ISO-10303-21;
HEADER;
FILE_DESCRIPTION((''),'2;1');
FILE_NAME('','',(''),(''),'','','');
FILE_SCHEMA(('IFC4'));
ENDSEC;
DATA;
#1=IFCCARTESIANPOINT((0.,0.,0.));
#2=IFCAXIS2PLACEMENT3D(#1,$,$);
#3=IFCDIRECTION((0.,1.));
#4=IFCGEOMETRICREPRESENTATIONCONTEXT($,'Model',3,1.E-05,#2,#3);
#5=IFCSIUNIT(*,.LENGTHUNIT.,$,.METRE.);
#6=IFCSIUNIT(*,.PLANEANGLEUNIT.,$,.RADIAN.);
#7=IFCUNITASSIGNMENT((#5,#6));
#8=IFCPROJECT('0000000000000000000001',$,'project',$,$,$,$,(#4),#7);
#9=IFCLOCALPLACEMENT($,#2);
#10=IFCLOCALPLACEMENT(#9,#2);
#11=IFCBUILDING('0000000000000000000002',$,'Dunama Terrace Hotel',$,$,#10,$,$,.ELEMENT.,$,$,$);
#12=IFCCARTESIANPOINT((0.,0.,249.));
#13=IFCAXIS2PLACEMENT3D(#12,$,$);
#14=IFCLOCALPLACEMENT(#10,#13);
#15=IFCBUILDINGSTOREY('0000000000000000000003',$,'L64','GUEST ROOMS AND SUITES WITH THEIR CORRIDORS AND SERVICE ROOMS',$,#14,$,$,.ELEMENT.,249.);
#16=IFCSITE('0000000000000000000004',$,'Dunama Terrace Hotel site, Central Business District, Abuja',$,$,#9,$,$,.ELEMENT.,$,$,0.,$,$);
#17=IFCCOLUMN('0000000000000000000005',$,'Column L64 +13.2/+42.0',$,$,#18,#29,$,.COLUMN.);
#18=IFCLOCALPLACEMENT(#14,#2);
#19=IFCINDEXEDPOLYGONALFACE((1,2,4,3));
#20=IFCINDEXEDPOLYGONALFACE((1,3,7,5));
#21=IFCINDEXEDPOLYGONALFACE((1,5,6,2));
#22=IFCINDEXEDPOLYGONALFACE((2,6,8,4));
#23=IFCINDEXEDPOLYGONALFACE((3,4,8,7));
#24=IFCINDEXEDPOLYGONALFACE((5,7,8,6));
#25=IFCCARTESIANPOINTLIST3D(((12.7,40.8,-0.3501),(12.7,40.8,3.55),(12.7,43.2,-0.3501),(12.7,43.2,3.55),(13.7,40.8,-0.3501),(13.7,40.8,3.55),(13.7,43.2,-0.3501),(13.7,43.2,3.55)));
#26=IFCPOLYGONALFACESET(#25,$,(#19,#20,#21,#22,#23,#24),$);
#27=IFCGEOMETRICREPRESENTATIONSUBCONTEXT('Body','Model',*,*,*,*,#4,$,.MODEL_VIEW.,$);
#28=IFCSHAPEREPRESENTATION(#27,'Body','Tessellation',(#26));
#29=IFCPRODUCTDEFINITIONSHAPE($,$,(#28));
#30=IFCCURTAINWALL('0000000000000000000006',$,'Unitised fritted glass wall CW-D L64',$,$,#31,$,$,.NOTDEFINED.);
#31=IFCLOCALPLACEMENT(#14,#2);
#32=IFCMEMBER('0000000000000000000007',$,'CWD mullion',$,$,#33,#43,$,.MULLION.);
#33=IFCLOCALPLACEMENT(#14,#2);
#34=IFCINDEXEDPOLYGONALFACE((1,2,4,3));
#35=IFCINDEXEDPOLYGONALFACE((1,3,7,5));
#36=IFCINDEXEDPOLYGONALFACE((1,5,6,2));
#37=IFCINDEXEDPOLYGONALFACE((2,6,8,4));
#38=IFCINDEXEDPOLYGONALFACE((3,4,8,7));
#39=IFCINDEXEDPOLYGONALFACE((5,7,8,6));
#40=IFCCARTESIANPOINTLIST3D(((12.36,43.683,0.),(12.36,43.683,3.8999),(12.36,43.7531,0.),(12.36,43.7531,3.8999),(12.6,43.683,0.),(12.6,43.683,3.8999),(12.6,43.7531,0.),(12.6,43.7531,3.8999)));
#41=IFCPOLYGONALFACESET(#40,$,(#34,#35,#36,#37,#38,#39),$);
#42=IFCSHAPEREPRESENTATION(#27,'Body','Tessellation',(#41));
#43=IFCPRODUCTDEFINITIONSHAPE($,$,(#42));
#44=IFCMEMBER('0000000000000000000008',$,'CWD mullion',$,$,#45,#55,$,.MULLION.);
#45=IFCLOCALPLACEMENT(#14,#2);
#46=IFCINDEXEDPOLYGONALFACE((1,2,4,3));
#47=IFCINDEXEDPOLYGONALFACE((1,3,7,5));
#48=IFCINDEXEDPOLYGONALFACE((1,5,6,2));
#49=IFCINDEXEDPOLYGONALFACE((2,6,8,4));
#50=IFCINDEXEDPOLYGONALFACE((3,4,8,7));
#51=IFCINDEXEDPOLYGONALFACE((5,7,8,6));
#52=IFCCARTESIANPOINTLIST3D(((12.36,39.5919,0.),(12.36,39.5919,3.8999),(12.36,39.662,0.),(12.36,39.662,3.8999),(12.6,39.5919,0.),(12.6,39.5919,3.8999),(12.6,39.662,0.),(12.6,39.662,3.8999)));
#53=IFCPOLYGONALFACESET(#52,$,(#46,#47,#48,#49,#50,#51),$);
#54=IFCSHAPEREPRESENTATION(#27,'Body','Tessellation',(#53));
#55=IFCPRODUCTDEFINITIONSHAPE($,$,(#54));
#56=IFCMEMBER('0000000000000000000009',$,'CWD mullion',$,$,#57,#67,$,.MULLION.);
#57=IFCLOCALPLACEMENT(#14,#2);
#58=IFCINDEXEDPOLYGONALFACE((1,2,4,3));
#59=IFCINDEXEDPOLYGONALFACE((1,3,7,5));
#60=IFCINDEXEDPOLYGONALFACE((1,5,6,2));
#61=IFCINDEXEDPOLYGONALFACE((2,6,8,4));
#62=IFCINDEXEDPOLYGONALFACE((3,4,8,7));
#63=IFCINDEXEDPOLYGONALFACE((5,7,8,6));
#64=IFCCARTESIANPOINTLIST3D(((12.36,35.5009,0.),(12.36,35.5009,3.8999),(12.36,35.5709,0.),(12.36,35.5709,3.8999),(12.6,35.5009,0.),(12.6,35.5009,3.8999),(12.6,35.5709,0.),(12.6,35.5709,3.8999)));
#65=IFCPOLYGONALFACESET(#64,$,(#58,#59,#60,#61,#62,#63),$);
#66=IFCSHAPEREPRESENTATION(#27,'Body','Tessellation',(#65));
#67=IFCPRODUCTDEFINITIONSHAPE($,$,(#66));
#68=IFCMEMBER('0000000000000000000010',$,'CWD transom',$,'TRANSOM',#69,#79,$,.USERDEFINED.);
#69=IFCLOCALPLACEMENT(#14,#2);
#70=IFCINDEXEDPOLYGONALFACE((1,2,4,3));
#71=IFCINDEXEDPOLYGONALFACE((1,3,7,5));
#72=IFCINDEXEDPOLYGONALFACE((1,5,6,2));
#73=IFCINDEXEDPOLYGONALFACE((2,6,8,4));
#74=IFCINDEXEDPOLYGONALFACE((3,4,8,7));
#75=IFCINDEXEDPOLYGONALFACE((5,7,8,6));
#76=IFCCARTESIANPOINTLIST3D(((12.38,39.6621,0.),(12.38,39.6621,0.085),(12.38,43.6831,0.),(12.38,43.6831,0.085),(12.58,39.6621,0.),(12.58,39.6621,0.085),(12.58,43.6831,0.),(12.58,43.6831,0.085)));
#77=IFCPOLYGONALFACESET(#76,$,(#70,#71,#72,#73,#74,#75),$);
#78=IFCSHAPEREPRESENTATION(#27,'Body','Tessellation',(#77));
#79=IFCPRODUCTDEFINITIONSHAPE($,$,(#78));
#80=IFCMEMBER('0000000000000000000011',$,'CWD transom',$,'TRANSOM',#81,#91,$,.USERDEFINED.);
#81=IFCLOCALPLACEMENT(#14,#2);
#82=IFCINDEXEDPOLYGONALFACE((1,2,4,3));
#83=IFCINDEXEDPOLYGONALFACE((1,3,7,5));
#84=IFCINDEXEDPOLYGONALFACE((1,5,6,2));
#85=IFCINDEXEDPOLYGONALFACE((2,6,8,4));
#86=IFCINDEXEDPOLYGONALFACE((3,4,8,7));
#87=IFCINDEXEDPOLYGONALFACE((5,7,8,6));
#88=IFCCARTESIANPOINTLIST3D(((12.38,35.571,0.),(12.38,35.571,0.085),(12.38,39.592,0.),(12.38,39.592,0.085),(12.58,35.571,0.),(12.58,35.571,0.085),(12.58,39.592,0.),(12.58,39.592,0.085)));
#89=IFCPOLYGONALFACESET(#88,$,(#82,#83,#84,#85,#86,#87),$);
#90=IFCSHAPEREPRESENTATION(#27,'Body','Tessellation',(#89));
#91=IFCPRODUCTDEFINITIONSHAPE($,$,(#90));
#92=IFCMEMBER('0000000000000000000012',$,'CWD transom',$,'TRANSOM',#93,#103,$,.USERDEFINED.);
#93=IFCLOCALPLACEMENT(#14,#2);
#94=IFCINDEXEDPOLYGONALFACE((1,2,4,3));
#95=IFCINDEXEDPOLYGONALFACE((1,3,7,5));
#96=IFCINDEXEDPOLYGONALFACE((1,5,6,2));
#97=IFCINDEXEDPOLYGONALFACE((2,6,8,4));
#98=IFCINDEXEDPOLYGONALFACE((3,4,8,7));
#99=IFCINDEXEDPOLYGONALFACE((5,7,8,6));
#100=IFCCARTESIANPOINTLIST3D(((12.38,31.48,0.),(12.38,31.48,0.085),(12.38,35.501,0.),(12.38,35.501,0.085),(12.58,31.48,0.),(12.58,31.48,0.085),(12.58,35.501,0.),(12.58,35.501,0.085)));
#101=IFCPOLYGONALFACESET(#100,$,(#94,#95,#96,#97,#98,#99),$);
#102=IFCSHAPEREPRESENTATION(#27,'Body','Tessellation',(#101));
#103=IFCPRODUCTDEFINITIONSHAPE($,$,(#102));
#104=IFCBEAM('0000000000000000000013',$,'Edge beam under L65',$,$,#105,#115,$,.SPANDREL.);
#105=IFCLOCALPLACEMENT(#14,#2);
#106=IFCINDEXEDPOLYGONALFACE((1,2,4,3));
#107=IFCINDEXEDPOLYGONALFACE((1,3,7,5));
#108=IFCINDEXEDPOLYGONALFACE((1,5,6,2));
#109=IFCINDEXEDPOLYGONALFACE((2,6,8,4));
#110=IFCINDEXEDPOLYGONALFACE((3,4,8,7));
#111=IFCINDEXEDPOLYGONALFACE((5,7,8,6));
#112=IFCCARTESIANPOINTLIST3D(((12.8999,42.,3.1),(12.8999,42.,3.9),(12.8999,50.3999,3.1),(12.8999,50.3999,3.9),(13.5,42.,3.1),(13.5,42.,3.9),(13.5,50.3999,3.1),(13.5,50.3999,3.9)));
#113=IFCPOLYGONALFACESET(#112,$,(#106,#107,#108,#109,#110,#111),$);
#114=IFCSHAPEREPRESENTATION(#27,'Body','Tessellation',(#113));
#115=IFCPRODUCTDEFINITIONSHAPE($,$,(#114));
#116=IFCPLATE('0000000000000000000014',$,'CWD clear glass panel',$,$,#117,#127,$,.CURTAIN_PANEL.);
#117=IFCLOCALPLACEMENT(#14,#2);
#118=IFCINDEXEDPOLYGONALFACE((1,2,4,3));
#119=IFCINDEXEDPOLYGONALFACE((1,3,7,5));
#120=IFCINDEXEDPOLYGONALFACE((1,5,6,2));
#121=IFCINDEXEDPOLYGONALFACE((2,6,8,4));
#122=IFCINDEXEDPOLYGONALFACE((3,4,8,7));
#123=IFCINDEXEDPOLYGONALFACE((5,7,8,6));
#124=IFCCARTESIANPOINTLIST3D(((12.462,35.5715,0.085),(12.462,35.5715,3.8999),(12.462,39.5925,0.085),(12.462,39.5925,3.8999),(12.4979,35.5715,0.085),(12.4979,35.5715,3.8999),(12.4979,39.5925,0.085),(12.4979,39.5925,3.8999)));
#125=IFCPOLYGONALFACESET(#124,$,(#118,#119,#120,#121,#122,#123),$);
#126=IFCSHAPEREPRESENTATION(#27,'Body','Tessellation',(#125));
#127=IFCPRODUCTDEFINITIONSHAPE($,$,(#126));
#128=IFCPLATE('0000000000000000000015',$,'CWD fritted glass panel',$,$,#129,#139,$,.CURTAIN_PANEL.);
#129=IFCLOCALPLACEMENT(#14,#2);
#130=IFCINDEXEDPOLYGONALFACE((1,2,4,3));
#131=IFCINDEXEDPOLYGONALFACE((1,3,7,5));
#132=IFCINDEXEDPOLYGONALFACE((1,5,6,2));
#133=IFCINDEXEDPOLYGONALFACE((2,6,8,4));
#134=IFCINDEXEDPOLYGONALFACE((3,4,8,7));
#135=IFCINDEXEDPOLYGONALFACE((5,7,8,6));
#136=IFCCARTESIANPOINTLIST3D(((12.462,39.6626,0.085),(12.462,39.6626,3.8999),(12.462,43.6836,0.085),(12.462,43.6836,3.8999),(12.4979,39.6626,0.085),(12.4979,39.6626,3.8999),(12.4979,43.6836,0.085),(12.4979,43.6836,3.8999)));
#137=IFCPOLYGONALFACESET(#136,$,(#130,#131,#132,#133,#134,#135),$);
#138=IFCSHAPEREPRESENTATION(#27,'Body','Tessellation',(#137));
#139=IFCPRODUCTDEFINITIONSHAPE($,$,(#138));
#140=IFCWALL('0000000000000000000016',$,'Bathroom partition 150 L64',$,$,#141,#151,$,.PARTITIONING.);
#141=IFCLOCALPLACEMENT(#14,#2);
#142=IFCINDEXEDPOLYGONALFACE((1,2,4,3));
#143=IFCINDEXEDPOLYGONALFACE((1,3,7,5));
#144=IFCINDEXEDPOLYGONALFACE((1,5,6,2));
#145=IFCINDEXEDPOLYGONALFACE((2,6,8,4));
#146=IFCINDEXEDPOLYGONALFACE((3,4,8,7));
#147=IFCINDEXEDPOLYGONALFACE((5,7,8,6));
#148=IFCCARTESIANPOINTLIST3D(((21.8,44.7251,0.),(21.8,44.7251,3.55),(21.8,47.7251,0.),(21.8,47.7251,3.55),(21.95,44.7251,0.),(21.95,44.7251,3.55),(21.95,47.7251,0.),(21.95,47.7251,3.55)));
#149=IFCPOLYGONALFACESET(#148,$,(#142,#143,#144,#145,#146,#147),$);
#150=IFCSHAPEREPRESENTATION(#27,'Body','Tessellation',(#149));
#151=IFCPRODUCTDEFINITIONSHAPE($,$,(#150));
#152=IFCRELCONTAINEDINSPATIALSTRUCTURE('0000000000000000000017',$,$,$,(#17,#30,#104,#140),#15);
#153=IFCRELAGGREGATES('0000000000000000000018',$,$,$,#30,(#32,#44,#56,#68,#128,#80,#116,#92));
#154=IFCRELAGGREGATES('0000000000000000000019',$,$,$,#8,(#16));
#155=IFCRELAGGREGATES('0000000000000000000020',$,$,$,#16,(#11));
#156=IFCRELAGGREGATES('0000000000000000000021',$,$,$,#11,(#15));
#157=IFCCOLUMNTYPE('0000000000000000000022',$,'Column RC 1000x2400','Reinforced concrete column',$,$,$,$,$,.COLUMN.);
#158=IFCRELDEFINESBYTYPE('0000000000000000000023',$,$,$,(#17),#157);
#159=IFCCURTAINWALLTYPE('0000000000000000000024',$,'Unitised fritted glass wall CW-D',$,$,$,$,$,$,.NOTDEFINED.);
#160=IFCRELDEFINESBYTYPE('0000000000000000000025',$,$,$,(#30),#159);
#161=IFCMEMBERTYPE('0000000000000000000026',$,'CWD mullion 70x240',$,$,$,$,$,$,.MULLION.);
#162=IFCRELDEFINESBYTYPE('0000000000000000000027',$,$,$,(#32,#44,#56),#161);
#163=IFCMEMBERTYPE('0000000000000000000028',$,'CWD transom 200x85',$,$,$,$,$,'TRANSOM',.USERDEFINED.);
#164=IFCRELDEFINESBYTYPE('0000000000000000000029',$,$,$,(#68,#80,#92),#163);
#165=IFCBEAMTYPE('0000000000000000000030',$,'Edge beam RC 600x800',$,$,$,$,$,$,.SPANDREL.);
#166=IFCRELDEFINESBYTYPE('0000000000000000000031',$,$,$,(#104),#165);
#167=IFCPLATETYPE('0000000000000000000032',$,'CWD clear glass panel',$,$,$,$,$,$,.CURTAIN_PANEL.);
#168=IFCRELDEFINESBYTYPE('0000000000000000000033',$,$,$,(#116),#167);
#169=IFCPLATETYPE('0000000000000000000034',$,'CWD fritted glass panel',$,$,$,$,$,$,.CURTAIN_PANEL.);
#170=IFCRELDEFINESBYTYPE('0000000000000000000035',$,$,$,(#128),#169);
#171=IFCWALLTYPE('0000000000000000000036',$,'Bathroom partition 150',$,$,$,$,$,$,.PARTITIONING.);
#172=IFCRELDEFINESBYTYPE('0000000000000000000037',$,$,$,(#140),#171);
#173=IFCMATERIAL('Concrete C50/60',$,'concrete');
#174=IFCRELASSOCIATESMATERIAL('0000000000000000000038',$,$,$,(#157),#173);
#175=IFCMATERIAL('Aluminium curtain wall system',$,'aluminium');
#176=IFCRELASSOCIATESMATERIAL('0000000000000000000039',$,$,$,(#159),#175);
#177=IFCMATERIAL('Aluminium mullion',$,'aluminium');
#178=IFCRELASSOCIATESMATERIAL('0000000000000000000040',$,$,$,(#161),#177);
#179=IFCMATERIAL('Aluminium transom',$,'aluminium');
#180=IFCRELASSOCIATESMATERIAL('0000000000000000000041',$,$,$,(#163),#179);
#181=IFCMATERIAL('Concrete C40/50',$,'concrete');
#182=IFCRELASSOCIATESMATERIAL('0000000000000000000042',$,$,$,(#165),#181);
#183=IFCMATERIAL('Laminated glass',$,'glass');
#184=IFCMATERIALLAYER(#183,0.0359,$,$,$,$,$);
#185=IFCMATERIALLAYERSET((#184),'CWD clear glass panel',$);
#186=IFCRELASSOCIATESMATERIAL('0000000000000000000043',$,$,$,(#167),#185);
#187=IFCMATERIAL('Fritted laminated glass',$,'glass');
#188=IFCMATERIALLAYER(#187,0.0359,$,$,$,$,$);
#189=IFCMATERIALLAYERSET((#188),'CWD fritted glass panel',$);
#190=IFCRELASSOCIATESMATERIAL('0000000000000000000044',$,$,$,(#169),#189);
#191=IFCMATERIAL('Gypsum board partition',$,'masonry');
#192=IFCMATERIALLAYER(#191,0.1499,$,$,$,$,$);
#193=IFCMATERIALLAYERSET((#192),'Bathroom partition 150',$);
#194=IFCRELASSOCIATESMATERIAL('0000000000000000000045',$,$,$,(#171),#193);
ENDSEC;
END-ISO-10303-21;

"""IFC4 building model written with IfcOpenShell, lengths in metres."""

from ifc_helpers import new_model, si_unit, direction, frame, frame_2d, origin, origin_2d, place, context, subcontext, project, spatial, rectangle, extrude, material, layer, layer_set, material_profile, profile_set, type_object, element, aggregate, save


model = new_model("IFC4")

# Units and contexts
model_context = context("Model", 3, precision=1e-05, world=origin(), true_north=direction((0.0, 1.0)))
body_context = subcontext(model_context, "Body", "Model", "MODEL_VIEW")
ifc_project = project(units=[si_unit("LENGTHUNIT", "METRE"), si_unit("PLANEANGLEUNIT", "RADIAN")], contexts=[model_context])

# Site, building, storey
site_placement = place(None, origin())
site = spatial("IfcSite", under=ifc_project, at=site_placement, Name="Dunama Terrace Hotel site, Central Business District, Abuja", CompositionType="ELEMENT", RefElevation=0.0)
building_placement = place(site_placement, origin())
building = spatial("IfcBuilding", under=site, at=building_placement, Name="Dunama Terrace Hotel", CompositionType="ELEMENT")
storey_placement = place(building_placement, frame((0.0, 0.0, 249.0)))
storey = spatial("IfcBuildingStorey", under=building, at=storey_placement, Name="L64", Description="GUEST ROOMS AND SUITES WITH THEIR CORRIDORS AND SERVICE ROOMS", CompositionType="ELEMENT", Elevation=249.0)

# Column
ifc_material_1 = material(Name="Concrete C50/60", Category="concrete")
ifc_material_profile_1 = material_profile(ifc_material_1, rectangle(XDim=1.0, YDim=2.3999, at=origin_2d()), Name="RC 1000x2400")
ifc_profile_set_1 = profile_set([ifc_material_profile_1], Name="Concrete C50/60")
column_type = type_object("IfcColumnType", Name="Column RC 1000x2400", Description="Reinforced concrete column", PredefinedType="COLUMN", material=ifc_profile_set_1)
column_placement = place(storey_placement, frame((13.2, 42.0, -0.3501), z_axis=(0.0, 0.0, 1.0), x_axis=(1.0, 0.0, 0.0)))
element("IfcColumn", 1, at=column_placement, inside=storey, type_object=column_type, Name="Column L64 +13.2/+42.0", PredefinedType="COLUMN", context=body_context, shape_type="SweptSolid", body=[
    extrude(rectangle(XDim=1.0, YDim=2.3999, at=origin_2d()), origin(), (0.0, 0.0, 1.0), 3.9001),
])

# Curtain wall, members
ifc_material_2 = material(Name="Aluminium curtain wall system", Category="aluminium")
curtain_wall_type = type_object("IfcCurtainWallType", Name="Unitised fritted glass wall CW-D", PredefinedType="NOTDEFINED", material=ifc_material_2)
curtain_wall_placement = place(storey_placement, origin())
curtain_wall = element("IfcCurtainWall", 2, at=curtain_wall_placement, inside=storey, type_object=curtain_wall_type, Name="Unitised fritted glass wall CW-D L64", PredefinedType="NOTDEFINED")
ifc_material_3 = material(Name="Aluminium mullion", Category="aluminium")
ifc_material_profile_2 = material_profile(ifc_material_3, rectangle(XDim=0.0701, YDim=0.24, at=origin_2d()), Name="CWD MULLION 70X240")
ifc_profile_set_2 = profile_set([ifc_material_profile_2], Name="Aluminium mullion")
member_type_1 = type_object("IfcMemberType", Name="CWD mullion 70x240", PredefinedType="MULLION", material=ifc_profile_set_2)
member_1_placement = place(storey_placement, frame((12.48, 43.718, 0.0), z_axis=(0.0, 0.0, 1.0), x_axis=(0.0, -1.0, 0.0)))
member_1 = element("IfcMember", 3, at=member_1_placement, type_object=member_type_1, Name="CWD mullion", PredefinedType="MULLION", context=body_context, shape_type="SweptSolid", body=[
    extrude(rectangle(XDim=0.0701, YDim=0.24, at=origin_2d()), origin(), (0.0, 0.0, 1.0), 3.8999),
])
member_2_placement = place(storey_placement, frame((12.48, 39.627, 0.0), z_axis=(0.0, 0.0, 1.0), x_axis=(0.0, -1.0, 0.0)))
member_2 = element("IfcMember", 4, at=member_2_placement, type_object=member_type_1, Name="CWD mullion", PredefinedType="MULLION", context=body_context, shape_type="SweptSolid", body=[
    extrude(rectangle(XDim=0.0701, YDim=0.24, at=origin_2d()), origin(), (0.0, 0.0, 1.0), 3.8999),
])
member_3_placement = place(storey_placement, frame((12.48, 35.5359, 0.0), z_axis=(0.0, 0.0, 1.0), x_axis=(0.0, -1.0, 0.0)))
member_3 = element("IfcMember", 5, at=member_3_placement, type_object=member_type_1, Name="CWD mullion", PredefinedType="MULLION", context=body_context, shape_type="SweptSolid", body=[
    extrude(rectangle(XDim=0.0701, YDim=0.24, at=origin_2d()), origin(), (0.0, 0.0, 1.0), 3.8999),
])
ifc_material_4 = material(Name="Aluminium transom", Category="aluminium")
ifc_material_profile_3 = material_profile(ifc_material_4, rectangle(XDim=0.2, YDim=0.085, at=origin_2d()), Name="CWD TRANSOM 200X85")
ifc_profile_set_3 = profile_set([ifc_material_profile_3], Name="Aluminium transom")
member_type_2 = type_object("IfcMemberType", Name="CWD transom 200x85", ElementType="TRANSOM", PredefinedType="USERDEFINED", material=ifc_profile_set_3)
member_4_placement = place(storey_placement, frame((12.48, 43.6831, 0.0425), z_axis=(0.0, -1.0, 0.0), x_axis=(1.0, 0.0, 0.0)))
member_4 = element("IfcMember", 6, at=member_4_placement, type_object=member_type_2, Name="CWD transom", ObjectType="TRANSOM", PredefinedType="USERDEFINED", context=body_context, shape_type="SweptSolid", body=[
    extrude(rectangle(XDim=0.2, YDim=0.085, at=origin_2d()), origin(), (0.0, 0.0, 1.0), 4.021),
])
member_5_placement = place(storey_placement, frame((12.48, 39.592, 0.0425), z_axis=(0.0, -1.0, 0.0), x_axis=(1.0, 0.0, 0.0)))
member_5 = element("IfcMember", 7, at=member_5_placement, type_object=member_type_2, Name="CWD transom", ObjectType="TRANSOM", PredefinedType="USERDEFINED", context=body_context, shape_type="SweptSolid", body=[
    extrude(rectangle(XDim=0.2, YDim=0.085, at=origin_2d()), origin(), (0.0, 0.0, 1.0), 4.021),
])
member_6_placement = place(storey_placement, frame((12.48, 35.501, 0.0425), z_axis=(0.0, -1.0, 0.0), x_axis=(1.0, 0.0, 0.0)))
member_6 = element("IfcMember", 8, at=member_6_placement, type_object=member_type_2, Name="CWD transom", ObjectType="TRANSOM", PredefinedType="USERDEFINED", context=body_context, shape_type="SweptSolid", body=[
    extrude(rectangle(XDim=0.2, YDim=0.085, at=origin_2d()), origin(), (0.0, 0.0, 1.0), 4.021),
])

# Beam
ifc_material_5 = material(Name="Concrete C40/50", Category="concrete")
ifc_material_profile_4 = material_profile(ifc_material_5, rectangle(XDim=0.6001, YDim=0.8, at=origin_2d()), Name="RC 600x800")
ifc_profile_set_4 = profile_set([ifc_material_profile_4], Name="Concrete C40/50")
beam_type = type_object("IfcBeamType", Name="Edge beam RC 600x800", PredefinedType="SPANDREL", material=ifc_profile_set_4)
beam_placement = place(storey_placement, frame((13.2, 42.0, 3.5), z_axis=(0.0, 1.0, 0.0), x_axis=(-1.0, 0.0, 0.0)))
element("IfcBeam", 9, at=beam_placement, inside=storey, type_object=beam_type, Name="Edge beam under L65", PredefinedType="SPANDREL", context=body_context, shape_type="SweptSolid", body=[
    extrude(rectangle(XDim=0.6001, YDim=0.8, at=origin_2d()), origin(), (0.0, 0.0, 1.0), 8.3999),
])

# Plates
ifc_material_6 = material(Name="Laminated glass", Category="glass")
ifc_layer_1 = layer(ifc_material_6, 0.0359)
ifc_layer_set_1 = layer_set([ifc_layer_1], Name="CWD clear glass panel")
plate_type_1 = type_object("IfcPlateType", Name="CWD clear glass panel", PredefinedType="CURTAIN_PANEL", material=ifc_layer_set_1)
plate_1_placement = place(storey_placement, frame((12.48, 37.582, 0.085), z_axis=(0.0, 0.0, 1.0), x_axis=(0.0, -1.0, 0.0)))
plate_1 = element("IfcPlate", 10, at=plate_1_placement, type_object=plate_type_1, Name="CWD clear glass panel", PredefinedType="CURTAIN_PANEL", context=body_context, shape_type="SweptSolid", body=[
    extrude(rectangle(XDim=4.021, YDim=0.0359, at=origin_2d()), origin(), (0.0, 0.0, 1.0), 3.8149),
])
ifc_material_7 = material(Name="Fritted laminated glass", Category="glass")
ifc_layer_2 = layer(ifc_material_7, 0.0359)
ifc_layer_set_2 = layer_set([ifc_layer_2], Name="CWD fritted glass panel")
plate_type_2 = type_object("IfcPlateType", Name="CWD fritted glass panel", PredefinedType="CURTAIN_PANEL", material=ifc_layer_set_2)
plate_2_placement = place(storey_placement, frame((12.48, 41.6731, 0.085), z_axis=(0.0, 0.0, 1.0), x_axis=(0.0, -1.0, 0.0)))
plate_2 = element("IfcPlate", 11, at=plate_2_placement, type_object=plate_type_2, Name="CWD fritted glass panel", PredefinedType="CURTAIN_PANEL", context=body_context, shape_type="SweptSolid", body=[
    extrude(rectangle(XDim=4.021, YDim=0.0359, at=origin_2d()), origin(), (0.0, 0.0, 1.0), 3.8149),
])
aggregate(curtain_wall, [member_1, member_2, member_3, member_4, plate_2, member_5, plate_1, member_6])

# Wall
ifc_material_8 = material(Name="Gypsum board partition", Category="masonry")
ifc_layer_3 = layer(ifc_material_8, 0.1499)
ifc_layer_set_3 = layer_set([ifc_layer_3], Name="Bathroom partition 150")
wall_type_1 = type_object("IfcWallType", Name="Bathroom partition 150", PredefinedType="PARTITIONING", material=ifc_layer_set_3)
wall_1_placement = place(storey_placement, frame((21.875, 44.7251, 0.0), z_axis=(0.0, 0.0, 1.0), x_axis=(0.0, 1.0, 0.0)))
element("IfcWall", 12, at=wall_1_placement, inside=storey, type_object=wall_type_1, Name="Bathroom partition 150 L64", PredefinedType="PARTITIONING", context=body_context, shape_type="SweptSolid", body=[
    extrude(rectangle(XDim=3.0, YDim=0.1499, at=frame_2d((1.5, 0.0))), origin(), (0.0, 0.0, 1.0), 3.55),
])

save(model, "model.ifc")
